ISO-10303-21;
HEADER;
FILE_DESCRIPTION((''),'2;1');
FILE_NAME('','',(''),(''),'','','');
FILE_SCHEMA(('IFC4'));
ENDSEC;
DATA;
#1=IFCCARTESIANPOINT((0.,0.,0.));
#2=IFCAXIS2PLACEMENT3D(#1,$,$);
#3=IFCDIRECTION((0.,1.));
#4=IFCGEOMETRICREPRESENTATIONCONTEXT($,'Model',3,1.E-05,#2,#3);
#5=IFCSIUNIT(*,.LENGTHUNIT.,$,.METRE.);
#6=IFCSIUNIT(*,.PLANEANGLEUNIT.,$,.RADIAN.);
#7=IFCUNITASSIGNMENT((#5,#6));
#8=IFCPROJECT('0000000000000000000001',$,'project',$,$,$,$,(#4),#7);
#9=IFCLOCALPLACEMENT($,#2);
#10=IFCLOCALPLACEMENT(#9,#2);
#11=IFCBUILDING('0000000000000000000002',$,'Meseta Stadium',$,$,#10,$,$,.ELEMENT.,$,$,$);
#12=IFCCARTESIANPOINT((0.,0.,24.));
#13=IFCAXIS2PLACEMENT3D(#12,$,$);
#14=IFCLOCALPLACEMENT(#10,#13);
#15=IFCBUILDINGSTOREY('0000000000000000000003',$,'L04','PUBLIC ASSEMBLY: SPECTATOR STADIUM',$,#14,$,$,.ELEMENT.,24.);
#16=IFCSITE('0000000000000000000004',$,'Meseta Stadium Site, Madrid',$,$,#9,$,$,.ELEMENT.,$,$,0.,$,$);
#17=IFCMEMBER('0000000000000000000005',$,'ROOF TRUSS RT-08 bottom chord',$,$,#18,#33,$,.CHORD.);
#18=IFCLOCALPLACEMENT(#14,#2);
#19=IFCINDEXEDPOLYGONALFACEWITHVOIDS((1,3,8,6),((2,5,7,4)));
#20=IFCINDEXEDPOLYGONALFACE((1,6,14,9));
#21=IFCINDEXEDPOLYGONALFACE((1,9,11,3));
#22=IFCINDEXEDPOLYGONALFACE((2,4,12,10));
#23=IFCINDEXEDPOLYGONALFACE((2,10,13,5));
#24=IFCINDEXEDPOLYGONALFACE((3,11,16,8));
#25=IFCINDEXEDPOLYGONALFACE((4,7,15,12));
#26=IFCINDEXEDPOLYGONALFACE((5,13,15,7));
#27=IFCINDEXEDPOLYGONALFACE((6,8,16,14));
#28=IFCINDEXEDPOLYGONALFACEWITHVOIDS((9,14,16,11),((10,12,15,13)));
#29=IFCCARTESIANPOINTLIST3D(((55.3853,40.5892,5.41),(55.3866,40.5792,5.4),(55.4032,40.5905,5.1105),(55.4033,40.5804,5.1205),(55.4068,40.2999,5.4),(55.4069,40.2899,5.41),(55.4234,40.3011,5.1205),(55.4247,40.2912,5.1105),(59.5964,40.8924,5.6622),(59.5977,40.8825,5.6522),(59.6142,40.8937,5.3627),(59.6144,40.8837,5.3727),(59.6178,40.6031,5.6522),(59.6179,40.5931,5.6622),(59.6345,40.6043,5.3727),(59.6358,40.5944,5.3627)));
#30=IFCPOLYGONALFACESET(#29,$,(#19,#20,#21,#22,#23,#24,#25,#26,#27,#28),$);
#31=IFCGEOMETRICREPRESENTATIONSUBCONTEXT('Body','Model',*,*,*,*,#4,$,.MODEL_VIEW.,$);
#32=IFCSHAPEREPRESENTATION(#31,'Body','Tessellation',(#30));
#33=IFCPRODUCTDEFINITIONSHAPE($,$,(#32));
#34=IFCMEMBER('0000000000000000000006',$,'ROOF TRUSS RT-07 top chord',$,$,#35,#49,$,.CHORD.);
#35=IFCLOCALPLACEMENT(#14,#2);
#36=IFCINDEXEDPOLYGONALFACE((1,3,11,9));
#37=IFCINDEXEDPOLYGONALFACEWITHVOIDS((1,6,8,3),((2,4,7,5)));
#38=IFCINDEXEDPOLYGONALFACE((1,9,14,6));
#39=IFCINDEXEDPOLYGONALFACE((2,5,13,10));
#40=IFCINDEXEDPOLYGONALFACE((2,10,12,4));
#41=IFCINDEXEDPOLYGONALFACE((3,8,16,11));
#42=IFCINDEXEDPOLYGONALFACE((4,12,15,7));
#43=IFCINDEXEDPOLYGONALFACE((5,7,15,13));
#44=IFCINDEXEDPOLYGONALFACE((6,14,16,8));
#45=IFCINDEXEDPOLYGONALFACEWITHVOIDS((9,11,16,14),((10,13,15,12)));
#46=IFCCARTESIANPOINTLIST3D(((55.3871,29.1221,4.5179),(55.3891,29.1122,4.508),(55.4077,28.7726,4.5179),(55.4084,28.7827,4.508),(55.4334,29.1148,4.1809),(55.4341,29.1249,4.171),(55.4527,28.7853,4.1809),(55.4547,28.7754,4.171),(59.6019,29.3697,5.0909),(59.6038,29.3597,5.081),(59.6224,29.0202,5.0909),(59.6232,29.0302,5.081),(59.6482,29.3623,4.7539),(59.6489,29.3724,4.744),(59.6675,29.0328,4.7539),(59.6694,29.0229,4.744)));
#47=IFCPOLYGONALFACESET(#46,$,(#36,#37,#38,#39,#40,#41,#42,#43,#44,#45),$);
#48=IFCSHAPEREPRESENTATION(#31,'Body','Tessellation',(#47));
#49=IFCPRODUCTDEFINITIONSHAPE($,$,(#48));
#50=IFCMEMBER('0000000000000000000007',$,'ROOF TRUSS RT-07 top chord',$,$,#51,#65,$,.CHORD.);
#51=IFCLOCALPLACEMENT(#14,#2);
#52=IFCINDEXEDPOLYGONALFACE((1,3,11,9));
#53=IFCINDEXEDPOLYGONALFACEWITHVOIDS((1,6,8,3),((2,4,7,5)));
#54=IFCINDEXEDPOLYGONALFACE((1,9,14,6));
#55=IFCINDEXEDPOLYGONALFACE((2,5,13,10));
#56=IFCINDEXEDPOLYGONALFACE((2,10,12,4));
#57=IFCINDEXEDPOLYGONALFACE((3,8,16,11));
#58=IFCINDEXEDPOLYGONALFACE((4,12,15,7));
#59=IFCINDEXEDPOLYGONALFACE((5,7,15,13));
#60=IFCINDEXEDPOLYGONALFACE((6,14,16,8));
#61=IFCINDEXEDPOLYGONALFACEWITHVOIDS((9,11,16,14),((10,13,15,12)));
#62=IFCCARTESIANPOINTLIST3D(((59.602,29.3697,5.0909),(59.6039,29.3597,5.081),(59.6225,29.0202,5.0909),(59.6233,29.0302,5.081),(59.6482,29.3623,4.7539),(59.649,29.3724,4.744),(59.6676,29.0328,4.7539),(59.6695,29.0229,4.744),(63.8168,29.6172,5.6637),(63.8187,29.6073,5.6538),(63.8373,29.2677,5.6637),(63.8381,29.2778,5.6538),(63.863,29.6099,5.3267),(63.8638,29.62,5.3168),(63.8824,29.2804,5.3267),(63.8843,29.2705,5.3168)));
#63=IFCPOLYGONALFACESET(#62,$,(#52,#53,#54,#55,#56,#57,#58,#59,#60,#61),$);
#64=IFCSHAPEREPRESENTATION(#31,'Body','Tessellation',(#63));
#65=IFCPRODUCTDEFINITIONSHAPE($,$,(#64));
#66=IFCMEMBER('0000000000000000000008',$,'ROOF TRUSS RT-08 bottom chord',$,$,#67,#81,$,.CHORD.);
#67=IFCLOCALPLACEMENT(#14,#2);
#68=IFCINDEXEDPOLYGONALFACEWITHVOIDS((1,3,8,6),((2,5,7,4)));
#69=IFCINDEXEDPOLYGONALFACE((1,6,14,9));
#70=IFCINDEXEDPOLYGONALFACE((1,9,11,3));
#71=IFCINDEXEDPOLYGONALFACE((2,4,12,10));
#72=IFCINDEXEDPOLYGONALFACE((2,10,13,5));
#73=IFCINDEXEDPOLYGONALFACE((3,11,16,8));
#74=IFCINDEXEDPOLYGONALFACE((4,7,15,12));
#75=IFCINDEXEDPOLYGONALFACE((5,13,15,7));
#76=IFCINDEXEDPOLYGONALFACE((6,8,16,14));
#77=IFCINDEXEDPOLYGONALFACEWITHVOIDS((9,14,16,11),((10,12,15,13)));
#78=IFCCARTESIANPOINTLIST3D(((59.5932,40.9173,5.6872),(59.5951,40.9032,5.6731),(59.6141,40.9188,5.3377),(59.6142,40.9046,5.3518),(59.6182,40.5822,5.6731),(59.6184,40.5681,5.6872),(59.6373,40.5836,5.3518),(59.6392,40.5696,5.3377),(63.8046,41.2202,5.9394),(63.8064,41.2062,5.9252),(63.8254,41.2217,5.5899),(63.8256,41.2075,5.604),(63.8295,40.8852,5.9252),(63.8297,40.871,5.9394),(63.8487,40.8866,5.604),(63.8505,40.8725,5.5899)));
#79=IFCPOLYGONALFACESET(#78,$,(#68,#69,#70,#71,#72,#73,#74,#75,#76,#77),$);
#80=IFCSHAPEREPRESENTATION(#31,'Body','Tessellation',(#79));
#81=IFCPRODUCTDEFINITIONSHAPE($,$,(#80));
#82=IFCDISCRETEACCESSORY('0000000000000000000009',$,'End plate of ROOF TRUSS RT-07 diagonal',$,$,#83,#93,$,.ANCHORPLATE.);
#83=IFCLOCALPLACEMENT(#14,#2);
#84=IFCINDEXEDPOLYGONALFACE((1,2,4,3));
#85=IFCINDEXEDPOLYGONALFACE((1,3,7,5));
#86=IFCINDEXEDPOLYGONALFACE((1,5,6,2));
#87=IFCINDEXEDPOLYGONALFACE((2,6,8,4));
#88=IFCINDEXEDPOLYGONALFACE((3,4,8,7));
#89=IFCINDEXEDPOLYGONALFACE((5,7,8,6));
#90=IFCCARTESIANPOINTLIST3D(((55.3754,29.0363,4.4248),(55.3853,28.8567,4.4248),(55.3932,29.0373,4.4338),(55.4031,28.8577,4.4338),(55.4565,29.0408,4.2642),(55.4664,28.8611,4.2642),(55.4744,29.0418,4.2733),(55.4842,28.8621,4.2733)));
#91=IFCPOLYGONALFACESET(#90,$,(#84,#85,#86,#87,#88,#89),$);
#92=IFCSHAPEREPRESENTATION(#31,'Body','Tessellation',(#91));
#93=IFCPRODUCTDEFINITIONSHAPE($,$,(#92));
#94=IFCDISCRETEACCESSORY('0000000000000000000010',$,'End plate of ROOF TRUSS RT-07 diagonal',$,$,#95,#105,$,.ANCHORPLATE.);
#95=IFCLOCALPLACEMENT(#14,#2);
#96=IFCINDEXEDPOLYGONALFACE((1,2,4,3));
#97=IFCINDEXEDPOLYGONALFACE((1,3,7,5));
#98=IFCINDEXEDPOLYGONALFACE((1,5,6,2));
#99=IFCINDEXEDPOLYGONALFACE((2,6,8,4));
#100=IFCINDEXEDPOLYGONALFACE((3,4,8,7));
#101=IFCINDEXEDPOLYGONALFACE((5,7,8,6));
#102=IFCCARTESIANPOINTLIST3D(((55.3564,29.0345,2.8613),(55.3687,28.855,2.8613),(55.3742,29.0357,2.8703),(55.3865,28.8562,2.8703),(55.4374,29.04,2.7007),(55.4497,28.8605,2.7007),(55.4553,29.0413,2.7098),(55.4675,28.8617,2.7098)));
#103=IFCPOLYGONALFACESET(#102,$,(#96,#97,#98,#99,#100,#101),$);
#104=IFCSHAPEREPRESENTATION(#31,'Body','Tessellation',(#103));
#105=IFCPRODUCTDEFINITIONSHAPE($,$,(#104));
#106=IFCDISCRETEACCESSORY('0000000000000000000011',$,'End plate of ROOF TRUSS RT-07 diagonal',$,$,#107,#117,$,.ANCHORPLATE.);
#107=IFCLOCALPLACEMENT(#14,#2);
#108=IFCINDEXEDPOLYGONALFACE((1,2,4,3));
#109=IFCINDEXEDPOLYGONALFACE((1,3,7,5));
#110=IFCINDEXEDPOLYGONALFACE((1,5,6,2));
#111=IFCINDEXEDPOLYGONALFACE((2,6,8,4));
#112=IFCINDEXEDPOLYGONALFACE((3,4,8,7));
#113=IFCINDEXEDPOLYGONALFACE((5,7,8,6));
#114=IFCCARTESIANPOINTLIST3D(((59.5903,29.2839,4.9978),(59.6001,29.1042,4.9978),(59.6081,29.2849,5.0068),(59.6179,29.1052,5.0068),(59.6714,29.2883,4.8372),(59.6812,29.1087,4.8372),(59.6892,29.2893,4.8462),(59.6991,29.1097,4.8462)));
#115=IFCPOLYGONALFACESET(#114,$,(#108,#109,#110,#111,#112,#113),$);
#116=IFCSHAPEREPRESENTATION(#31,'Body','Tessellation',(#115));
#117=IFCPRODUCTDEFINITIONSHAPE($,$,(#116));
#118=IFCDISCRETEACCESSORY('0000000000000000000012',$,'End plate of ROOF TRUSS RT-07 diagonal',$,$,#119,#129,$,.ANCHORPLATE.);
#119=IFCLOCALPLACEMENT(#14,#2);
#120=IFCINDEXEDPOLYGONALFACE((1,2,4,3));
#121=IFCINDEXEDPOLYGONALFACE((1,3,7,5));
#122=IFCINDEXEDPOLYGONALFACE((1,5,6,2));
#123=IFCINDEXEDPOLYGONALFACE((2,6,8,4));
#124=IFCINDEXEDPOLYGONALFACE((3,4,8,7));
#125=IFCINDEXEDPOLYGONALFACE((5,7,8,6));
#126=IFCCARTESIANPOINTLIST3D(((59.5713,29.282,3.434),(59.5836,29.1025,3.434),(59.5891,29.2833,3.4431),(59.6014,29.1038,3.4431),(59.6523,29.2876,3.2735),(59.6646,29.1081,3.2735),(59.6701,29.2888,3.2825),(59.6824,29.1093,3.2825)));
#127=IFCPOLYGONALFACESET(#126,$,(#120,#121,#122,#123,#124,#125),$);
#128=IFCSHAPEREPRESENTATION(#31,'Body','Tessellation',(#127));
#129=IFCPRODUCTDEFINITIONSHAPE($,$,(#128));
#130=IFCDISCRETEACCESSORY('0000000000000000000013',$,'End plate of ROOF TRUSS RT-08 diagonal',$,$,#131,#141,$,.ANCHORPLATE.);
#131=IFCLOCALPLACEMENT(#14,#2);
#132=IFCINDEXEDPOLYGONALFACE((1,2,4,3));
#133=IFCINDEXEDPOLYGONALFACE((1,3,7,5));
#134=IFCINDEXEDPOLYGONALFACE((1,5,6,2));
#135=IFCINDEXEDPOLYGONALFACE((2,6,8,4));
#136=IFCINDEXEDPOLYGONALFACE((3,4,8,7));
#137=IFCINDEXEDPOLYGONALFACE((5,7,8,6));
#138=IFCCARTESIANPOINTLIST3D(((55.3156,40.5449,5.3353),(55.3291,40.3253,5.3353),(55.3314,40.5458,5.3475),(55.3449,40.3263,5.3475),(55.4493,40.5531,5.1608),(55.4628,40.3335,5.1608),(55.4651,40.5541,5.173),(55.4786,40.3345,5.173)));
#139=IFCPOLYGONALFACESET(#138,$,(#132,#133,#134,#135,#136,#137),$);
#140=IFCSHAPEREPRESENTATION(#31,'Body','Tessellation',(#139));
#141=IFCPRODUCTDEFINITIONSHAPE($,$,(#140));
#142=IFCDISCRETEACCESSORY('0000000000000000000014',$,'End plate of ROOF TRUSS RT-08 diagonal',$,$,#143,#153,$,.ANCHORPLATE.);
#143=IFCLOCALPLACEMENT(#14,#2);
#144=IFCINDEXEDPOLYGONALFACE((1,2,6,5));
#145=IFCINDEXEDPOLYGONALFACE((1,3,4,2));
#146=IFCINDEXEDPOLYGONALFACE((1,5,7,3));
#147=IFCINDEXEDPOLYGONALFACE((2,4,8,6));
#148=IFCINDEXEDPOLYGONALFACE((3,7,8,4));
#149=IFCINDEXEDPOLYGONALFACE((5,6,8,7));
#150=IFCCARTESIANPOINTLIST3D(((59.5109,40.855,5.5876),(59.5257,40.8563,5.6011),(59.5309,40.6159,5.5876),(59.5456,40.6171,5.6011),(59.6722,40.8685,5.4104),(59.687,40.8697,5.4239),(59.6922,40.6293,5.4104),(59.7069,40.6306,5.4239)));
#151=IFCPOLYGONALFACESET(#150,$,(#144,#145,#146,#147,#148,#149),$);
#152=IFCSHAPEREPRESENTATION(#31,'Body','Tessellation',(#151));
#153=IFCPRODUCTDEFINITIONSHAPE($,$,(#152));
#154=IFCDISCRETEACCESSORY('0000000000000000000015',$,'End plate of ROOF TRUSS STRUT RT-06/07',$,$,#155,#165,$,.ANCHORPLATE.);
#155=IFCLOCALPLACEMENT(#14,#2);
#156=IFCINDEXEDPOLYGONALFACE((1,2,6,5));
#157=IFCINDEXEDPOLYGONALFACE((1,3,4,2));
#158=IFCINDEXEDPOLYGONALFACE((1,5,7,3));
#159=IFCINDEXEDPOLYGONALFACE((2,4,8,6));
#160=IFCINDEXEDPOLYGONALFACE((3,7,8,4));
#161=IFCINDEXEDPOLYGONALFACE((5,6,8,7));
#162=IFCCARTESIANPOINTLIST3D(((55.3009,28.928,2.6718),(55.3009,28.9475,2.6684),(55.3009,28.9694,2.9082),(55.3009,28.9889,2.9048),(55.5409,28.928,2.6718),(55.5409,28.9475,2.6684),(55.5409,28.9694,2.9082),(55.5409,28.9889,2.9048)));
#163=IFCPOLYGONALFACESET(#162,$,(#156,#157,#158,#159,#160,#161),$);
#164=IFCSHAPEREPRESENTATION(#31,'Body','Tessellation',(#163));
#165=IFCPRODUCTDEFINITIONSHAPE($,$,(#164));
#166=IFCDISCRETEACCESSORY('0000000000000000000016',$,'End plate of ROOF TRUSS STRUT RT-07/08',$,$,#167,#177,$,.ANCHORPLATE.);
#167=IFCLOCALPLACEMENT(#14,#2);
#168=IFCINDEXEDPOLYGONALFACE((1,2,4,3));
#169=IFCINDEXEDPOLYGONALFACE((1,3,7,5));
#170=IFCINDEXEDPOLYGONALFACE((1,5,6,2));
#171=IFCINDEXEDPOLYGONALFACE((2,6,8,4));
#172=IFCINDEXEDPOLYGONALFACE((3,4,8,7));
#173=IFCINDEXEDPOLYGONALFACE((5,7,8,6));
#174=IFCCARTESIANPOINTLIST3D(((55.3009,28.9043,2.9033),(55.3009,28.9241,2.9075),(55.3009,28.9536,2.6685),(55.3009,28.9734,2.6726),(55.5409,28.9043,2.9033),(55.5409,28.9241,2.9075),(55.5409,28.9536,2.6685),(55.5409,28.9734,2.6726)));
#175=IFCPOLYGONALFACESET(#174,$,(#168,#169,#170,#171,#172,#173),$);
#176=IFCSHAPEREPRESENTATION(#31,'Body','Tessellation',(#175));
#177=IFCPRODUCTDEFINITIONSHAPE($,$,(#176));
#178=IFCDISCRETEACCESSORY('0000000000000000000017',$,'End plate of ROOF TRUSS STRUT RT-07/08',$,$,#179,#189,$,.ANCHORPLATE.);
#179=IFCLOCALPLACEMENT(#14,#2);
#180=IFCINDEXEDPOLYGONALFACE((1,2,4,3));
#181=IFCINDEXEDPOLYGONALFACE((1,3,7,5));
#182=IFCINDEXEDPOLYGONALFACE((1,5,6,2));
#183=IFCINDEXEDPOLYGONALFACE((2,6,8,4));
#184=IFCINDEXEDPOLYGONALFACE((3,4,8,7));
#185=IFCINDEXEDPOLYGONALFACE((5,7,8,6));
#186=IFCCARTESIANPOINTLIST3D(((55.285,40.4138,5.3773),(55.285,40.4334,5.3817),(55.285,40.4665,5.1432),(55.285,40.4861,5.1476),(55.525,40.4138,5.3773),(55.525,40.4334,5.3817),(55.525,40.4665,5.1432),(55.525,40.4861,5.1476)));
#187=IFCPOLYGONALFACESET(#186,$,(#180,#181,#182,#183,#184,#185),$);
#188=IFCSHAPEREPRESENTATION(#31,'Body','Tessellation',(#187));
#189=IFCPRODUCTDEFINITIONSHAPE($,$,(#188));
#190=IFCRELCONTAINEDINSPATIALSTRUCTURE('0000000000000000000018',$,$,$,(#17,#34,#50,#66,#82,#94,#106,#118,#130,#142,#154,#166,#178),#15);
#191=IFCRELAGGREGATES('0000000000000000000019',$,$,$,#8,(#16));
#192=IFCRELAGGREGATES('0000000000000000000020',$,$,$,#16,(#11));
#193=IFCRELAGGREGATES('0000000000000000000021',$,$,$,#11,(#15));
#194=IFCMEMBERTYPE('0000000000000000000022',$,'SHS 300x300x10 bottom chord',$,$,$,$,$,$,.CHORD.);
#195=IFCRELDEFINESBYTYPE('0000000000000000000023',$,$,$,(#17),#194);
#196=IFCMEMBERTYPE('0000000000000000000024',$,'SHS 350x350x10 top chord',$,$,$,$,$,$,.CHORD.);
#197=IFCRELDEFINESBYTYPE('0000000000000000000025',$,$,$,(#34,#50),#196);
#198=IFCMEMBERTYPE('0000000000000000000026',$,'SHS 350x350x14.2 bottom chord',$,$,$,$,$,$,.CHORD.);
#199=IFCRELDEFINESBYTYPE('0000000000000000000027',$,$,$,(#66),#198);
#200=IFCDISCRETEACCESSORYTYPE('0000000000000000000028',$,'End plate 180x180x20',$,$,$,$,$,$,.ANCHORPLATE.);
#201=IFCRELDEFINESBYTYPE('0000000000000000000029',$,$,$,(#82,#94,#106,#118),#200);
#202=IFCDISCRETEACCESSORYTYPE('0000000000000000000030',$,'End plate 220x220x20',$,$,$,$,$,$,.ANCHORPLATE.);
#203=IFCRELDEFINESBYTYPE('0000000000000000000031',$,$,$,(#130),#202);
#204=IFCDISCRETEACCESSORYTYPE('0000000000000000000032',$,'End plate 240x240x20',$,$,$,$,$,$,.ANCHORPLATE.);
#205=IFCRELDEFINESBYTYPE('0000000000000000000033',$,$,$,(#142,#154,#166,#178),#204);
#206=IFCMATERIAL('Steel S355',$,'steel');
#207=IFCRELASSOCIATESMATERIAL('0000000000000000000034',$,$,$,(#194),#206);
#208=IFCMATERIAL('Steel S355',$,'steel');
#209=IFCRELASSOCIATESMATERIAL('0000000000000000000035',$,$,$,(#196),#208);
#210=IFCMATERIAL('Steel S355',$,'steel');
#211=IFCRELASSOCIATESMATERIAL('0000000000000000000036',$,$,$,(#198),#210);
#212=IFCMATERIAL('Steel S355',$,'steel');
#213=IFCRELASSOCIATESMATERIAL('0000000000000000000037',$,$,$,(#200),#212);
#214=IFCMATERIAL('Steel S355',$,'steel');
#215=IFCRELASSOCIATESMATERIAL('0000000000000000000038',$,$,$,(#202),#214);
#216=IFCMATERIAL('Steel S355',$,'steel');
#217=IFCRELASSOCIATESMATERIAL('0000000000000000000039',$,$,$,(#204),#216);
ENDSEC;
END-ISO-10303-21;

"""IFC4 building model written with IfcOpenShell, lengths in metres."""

from ifc_helpers import new_model, si_unit, direction, frame, origin, origin_2d, place, context, subcontext, project, spatial, rectangle, hollow_rectangle, extrude, material, material_profile, profile_set, type_object, element, save


model = new_model("IFC4")

# Units and contexts
model_context = context("Model", 3, precision=1e-05, world=origin(), true_north=direction((0.0, 1.0)))
body_context = subcontext(model_context, "Body", "Model", "MODEL_VIEW")
ifc_project = project(units=[si_unit("LENGTHUNIT", "METRE"), si_unit("PLANEANGLEUNIT", "RADIAN")], contexts=[model_context])

# Site, building, storey
site_placement = place(None, origin())
site = spatial("IfcSite", under=ifc_project, at=site_placement, Name="Meseta Stadium Site, Madrid", CompositionType="ELEMENT", RefElevation=0.0)
building_placement = place(site_placement, origin())
building = spatial("IfcBuilding", under=site, at=building_placement, Name="Meseta Stadium", CompositionType="ELEMENT")
storey_placement = place(building_placement, frame((0.0, 0.0, 24.0)))
storey = spatial("IfcBuildingStorey", under=building, at=storey_placement, Name="L04", Description="PUBLIC ASSEMBLY: SPECTATOR STADIUM", CompositionType="ELEMENT", Elevation=24.0)

# Members
ifc_material_1 = material(Name="Steel S355", Category="steel")
ifc_material_profile_1 = material_profile(ifc_material_1, hollow_rectangle(XDim=0.3, YDim=0.3, WallThickness=0.01, at=origin_2d()), Name="SHS 300x300x10")
ifc_profile_set_1 = profile_set([ifc_material_profile_1], Name="Steel S355")
member_type_1 = type_object("IfcMemberType", Name="SHS 300x300x10 bottom chord", PredefinedType="CHORD", material=ifc_profile_set_1)
member_1_placement = place(storey_placement, frame((55.405, 40.4402, 5.2603), z_axis=(0.995643, 0.07169, 0.059627), x_axis=(-0.071818, 0.997418, 0.0)))
element("IfcMember", 1, at=member_1_placement, inside=storey, type_object=member_type_1, Name="ROOF TRUSS RT-08 bottom chord", PredefinedType="CHORD", context=body_context, shape_type="SweptSolid", body=[
    extrude(hollow_rectangle(XDim=0.3, YDim=0.3, WallThickness=0.01, at=origin_2d()), origin(), (0.0, 0.0, 1.0), 4.2295),
])
ifc_material_2 = material(Name="Steel S355", Category="steel")
ifc_material_profile_2 = material_profile(ifc_material_2, hollow_rectangle(XDim=0.3501, YDim=0.3501, WallThickness=0.01, at=origin_2d()), Name="SHS 350x350x10")
ifc_profile_set_2 = profile_set([ifc_material_profile_2], Name="Steel S355")
member_type_2 = type_object("IfcMemberType", Name="SHS 350x350x10 top chord", PredefinedType="CHORD", material=ifc_profile_set_2)
for number, where, z_axis, x_axis, name in (
    (2, (55.4209, 28.9487, 4.3445), (0.989211, 0.058101, 0.134481), (-0.058634, 0.99828, 0.0), "ROOF TRUSS RT-07 top chord"),
    (3, (59.6357, 29.1963, 4.9175), (0.989219, 0.058102, 0.134425), (-0.058634, 0.99828, 0.0), "ROOF TRUSS RT-07 top chord"),
):
    element("IfcMember", number, at=place(storey_placement, frame(where, z_axis=z_axis, x_axis=x_axis)), inside=storey, type_object=member_type_2, Name=name, PredefinedType="CHORD", context=body_context, shape_type="SweptSolid", body=[
        extrude(hollow_rectangle(XDim=0.3501, YDim=0.3501, WallThickness=0.01, at=origin_2d()), origin(), (0.0, 0.0, 1.0), 4.2607),
    ])
ifc_material_3 = material(Name="Steel S355", Category="steel")
ifc_material_profile_3 = material_profile(ifc_material_3, hollow_rectangle(XDim=0.3501, YDim=0.3501, WallThickness=0.0142, at=origin_2d()), Name="SHS 350x350x14.2")
ifc_profile_set_3 = profile_set([ifc_material_profile_3], Name="Steel S355")
member_type_3 = type_object("IfcMemberType", Name="SHS 350x350x14.2 bottom chord", PredefinedType="CHORD", material=ifc_profile_set_3)
member_2_placement = place(storey_placement, frame((59.6162, 40.7434, 5.5125), z_axis=(0.995648, 0.071629, 0.059623), x_axis=(-0.071757, 0.997422, 0.0)))
element("IfcMember", 4, at=member_2_placement, inside=storey, type_object=member_type_3, Name="ROOF TRUSS RT-08 bottom chord", PredefinedType="CHORD", context=body_context, shape_type="SweptSolid", body=[
    extrude(hollow_rectangle(XDim=0.3501, YDim=0.3501, WallThickness=0.0142, at=origin_2d()), origin(), (0.0, 0.0, 1.0), 4.2297),
])

# Discrete accessories
ifc_material_4 = material(Name="Steel S355", Category="steel")
ifc_material_profile_4 = material_profile(ifc_material_4, rectangle(XDim=0.1799, YDim=0.1799, at=origin_2d()), Name="PL 180x180")
ifc_profile_set_4 = profile_set([ifc_material_profile_4], Name="Steel S355")
discrete_accessory_type_1 = type_object("IfcDiscreteAccessoryType", Name="End plate 180x180x20", PredefinedType="ANCHORPLATE", material=ifc_profile_set_4)
for number, where, z_axis, x_axis, name in (
    (5, (55.4209, 28.9487, 4.3445), (0.890907, 0.048817, 0.451555), (-0.054712, 0.998502, 0.0), "End plate of ROOF TRUSS RT-07 diagonal"),
    (6, (55.4031, 28.9475, 2.781), (0.89031, 0.06098, 0.451253), (-0.068333, 0.997663, 0.0), "End plate of ROOF TRUSS RT-07 diagonal"),
    (7, (59.6357, 29.1963, 4.9175), (0.890907, 0.048817, 0.451555), (-0.054712, 0.998502, 0.0), "End plate of ROOF TRUSS RT-07 diagonal"),
    (8, (59.6179, 29.1951, 3.3538), (0.89031, 0.06098, 0.451253), (-0.068333, 0.997663, 0.0), "End plate of ROOF TRUSS RT-07 diagonal"),
):
    element("IfcDiscreteAccessory", number, at=place(storey_placement, frame(where, z_axis=z_axis, x_axis=x_axis)), inside=storey, type_object=discrete_accessory_type_1, Name=name, PredefinedType="ANCHORPLATE", context=body_context, shape_type="SweptSolid", body=[
        extrude(rectangle(XDim=0.1799, YDim=0.1799, at=origin_2d()), origin(), (0.0, 0.0, 1.0), 0.02),
    ])
ifc_material_5 = material(Name="Steel S355", Category="steel")
ifc_material_profile_5 = material_profile(ifc_material_5, rectangle(XDim=0.22, YDim=0.22, at=origin_2d()), Name="PL 220x220")
ifc_profile_set_5 = profile_set([ifc_material_profile_5], Name="Steel S355")
discrete_accessory_type_2 = type_object("IfcDiscreteAccessoryType", Name="End plate 220x220x20", PredefinedType="ANCHORPLATE", material=ifc_profile_set_5)
discrete_accessory_1_placement = place(storey_placement, frame((55.3892, 40.4392, 5.248), z_axis=(0.791683, 0.048719, 0.608987), x_axis=(-0.061422, 0.998112, 0.0)))
element("IfcDiscreteAccessory", 9, at=discrete_accessory_1_placement, inside=storey, type_object=discrete_accessory_type_2, Name="End plate of ROOF TRUSS RT-08 diagonal", PredefinedType="ANCHORPLATE", context=body_context, shape_type="SweptSolid", body=[
    extrude(rectangle(XDim=0.22, YDim=0.22, at=origin_2d()), origin(), (0.0, 0.0, 1.0), 0.02),
])
ifc_material_6 = material(Name="Steel S355", Category="steel")
ifc_material_profile_6 = material_profile(ifc_material_6, rectangle(XDim=0.24, YDim=0.24, at=origin_2d()), Name="PL 240x240")
ifc_profile_set_6 = profile_set([ifc_material_profile_6], Name="Steel S355")
discrete_accessory_type_3 = type_object("IfcDiscreteAccessoryType", Name="End plate 240x240x20", PredefinedType="ANCHORPLATE", material=ifc_profile_set_6)
discrete_accessory_2_placement = place(storey_placement, frame((59.6016, 40.7422, 5.499), z_axis=(0.735767, 0.061314, 0.674453), x_axis=(-0.083045, 0.996546, 0.0)))
element("IfcDiscreteAccessory", 10, at=discrete_accessory_2_placement, inside=storey, type_object=discrete_accessory_type_3, Name="End plate of ROOF TRUSS RT-08 diagonal", PredefinedType="ANCHORPLATE", context=body_context, shape_type="SweptSolid", body=[
    extrude(rectangle(XDim=0.24, YDim=0.24, at=origin_2d()), origin(), (0.0, 0.0, 1.0), 0.02),
])
discrete_accessory_3_placement = place(storey_placement, frame((55.4209, 28.9487, 2.79), z_axis=(0.0, 0.98503, -0.17238), x_axis=(-1.0, 0.0, 0.0)))
element("IfcDiscreteAccessory", 11, at=discrete_accessory_3_placement, inside=storey, type_object=discrete_accessory_type_3, Name="End plate of ROOF TRUSS STRUT RT-06/07", PredefinedType="ANCHORPLATE", context=body_context, shape_type="SweptSolid", body=[
    extrude(rectangle(XDim=0.24, YDim=0.24, at=origin_2d()), origin(), (0.0, 0.0, 1.0), 0.0198),
])
discrete_accessory_4_placement = place(storey_placement, frame((55.4209, 28.929, 2.7859), z_axis=(0.0, 0.978678, 0.205402), x_axis=(-1.0, 0.0, 0.0)))
element("IfcDiscreteAccessory", 12, at=discrete_accessory_4_placement, inside=storey, type_object=discrete_accessory_type_3, Name="End plate of ROOF TRUSS STRUT RT-07/08", PredefinedType="ANCHORPLATE", context=body_context, shape_type="SweptSolid", body=[
    extrude(rectangle(XDim=0.24, YDim=0.24, at=origin_2d()), origin(), (0.0, 0.0, 1.0), 0.0203),
])
for number, where, z_axis, x_axis, name in (
    (13, (55.405, 40.4402, 5.2603), (0.0, 0.97561, 0.219512), (-1.0, 0.0, 0.0), "End plate of ROOF TRUSS STRUT RT-07/08"),
):
    element("IfcDiscreteAccessory", number, at=place(storey_placement, frame(where, z_axis=z_axis, x_axis=x_axis)), inside=storey, type_object=discrete_accessory_type_3, Name=name, PredefinedType="ANCHORPLATE", context=body_context, shape_type="SweptSolid", body=[
        extrude(rectangle(XDim=0.24, YDim=0.24, at=origin_2d()), origin(), (0.0, 0.0, 1.0), 0.02),
    ])

save(model, "model.ifc")
